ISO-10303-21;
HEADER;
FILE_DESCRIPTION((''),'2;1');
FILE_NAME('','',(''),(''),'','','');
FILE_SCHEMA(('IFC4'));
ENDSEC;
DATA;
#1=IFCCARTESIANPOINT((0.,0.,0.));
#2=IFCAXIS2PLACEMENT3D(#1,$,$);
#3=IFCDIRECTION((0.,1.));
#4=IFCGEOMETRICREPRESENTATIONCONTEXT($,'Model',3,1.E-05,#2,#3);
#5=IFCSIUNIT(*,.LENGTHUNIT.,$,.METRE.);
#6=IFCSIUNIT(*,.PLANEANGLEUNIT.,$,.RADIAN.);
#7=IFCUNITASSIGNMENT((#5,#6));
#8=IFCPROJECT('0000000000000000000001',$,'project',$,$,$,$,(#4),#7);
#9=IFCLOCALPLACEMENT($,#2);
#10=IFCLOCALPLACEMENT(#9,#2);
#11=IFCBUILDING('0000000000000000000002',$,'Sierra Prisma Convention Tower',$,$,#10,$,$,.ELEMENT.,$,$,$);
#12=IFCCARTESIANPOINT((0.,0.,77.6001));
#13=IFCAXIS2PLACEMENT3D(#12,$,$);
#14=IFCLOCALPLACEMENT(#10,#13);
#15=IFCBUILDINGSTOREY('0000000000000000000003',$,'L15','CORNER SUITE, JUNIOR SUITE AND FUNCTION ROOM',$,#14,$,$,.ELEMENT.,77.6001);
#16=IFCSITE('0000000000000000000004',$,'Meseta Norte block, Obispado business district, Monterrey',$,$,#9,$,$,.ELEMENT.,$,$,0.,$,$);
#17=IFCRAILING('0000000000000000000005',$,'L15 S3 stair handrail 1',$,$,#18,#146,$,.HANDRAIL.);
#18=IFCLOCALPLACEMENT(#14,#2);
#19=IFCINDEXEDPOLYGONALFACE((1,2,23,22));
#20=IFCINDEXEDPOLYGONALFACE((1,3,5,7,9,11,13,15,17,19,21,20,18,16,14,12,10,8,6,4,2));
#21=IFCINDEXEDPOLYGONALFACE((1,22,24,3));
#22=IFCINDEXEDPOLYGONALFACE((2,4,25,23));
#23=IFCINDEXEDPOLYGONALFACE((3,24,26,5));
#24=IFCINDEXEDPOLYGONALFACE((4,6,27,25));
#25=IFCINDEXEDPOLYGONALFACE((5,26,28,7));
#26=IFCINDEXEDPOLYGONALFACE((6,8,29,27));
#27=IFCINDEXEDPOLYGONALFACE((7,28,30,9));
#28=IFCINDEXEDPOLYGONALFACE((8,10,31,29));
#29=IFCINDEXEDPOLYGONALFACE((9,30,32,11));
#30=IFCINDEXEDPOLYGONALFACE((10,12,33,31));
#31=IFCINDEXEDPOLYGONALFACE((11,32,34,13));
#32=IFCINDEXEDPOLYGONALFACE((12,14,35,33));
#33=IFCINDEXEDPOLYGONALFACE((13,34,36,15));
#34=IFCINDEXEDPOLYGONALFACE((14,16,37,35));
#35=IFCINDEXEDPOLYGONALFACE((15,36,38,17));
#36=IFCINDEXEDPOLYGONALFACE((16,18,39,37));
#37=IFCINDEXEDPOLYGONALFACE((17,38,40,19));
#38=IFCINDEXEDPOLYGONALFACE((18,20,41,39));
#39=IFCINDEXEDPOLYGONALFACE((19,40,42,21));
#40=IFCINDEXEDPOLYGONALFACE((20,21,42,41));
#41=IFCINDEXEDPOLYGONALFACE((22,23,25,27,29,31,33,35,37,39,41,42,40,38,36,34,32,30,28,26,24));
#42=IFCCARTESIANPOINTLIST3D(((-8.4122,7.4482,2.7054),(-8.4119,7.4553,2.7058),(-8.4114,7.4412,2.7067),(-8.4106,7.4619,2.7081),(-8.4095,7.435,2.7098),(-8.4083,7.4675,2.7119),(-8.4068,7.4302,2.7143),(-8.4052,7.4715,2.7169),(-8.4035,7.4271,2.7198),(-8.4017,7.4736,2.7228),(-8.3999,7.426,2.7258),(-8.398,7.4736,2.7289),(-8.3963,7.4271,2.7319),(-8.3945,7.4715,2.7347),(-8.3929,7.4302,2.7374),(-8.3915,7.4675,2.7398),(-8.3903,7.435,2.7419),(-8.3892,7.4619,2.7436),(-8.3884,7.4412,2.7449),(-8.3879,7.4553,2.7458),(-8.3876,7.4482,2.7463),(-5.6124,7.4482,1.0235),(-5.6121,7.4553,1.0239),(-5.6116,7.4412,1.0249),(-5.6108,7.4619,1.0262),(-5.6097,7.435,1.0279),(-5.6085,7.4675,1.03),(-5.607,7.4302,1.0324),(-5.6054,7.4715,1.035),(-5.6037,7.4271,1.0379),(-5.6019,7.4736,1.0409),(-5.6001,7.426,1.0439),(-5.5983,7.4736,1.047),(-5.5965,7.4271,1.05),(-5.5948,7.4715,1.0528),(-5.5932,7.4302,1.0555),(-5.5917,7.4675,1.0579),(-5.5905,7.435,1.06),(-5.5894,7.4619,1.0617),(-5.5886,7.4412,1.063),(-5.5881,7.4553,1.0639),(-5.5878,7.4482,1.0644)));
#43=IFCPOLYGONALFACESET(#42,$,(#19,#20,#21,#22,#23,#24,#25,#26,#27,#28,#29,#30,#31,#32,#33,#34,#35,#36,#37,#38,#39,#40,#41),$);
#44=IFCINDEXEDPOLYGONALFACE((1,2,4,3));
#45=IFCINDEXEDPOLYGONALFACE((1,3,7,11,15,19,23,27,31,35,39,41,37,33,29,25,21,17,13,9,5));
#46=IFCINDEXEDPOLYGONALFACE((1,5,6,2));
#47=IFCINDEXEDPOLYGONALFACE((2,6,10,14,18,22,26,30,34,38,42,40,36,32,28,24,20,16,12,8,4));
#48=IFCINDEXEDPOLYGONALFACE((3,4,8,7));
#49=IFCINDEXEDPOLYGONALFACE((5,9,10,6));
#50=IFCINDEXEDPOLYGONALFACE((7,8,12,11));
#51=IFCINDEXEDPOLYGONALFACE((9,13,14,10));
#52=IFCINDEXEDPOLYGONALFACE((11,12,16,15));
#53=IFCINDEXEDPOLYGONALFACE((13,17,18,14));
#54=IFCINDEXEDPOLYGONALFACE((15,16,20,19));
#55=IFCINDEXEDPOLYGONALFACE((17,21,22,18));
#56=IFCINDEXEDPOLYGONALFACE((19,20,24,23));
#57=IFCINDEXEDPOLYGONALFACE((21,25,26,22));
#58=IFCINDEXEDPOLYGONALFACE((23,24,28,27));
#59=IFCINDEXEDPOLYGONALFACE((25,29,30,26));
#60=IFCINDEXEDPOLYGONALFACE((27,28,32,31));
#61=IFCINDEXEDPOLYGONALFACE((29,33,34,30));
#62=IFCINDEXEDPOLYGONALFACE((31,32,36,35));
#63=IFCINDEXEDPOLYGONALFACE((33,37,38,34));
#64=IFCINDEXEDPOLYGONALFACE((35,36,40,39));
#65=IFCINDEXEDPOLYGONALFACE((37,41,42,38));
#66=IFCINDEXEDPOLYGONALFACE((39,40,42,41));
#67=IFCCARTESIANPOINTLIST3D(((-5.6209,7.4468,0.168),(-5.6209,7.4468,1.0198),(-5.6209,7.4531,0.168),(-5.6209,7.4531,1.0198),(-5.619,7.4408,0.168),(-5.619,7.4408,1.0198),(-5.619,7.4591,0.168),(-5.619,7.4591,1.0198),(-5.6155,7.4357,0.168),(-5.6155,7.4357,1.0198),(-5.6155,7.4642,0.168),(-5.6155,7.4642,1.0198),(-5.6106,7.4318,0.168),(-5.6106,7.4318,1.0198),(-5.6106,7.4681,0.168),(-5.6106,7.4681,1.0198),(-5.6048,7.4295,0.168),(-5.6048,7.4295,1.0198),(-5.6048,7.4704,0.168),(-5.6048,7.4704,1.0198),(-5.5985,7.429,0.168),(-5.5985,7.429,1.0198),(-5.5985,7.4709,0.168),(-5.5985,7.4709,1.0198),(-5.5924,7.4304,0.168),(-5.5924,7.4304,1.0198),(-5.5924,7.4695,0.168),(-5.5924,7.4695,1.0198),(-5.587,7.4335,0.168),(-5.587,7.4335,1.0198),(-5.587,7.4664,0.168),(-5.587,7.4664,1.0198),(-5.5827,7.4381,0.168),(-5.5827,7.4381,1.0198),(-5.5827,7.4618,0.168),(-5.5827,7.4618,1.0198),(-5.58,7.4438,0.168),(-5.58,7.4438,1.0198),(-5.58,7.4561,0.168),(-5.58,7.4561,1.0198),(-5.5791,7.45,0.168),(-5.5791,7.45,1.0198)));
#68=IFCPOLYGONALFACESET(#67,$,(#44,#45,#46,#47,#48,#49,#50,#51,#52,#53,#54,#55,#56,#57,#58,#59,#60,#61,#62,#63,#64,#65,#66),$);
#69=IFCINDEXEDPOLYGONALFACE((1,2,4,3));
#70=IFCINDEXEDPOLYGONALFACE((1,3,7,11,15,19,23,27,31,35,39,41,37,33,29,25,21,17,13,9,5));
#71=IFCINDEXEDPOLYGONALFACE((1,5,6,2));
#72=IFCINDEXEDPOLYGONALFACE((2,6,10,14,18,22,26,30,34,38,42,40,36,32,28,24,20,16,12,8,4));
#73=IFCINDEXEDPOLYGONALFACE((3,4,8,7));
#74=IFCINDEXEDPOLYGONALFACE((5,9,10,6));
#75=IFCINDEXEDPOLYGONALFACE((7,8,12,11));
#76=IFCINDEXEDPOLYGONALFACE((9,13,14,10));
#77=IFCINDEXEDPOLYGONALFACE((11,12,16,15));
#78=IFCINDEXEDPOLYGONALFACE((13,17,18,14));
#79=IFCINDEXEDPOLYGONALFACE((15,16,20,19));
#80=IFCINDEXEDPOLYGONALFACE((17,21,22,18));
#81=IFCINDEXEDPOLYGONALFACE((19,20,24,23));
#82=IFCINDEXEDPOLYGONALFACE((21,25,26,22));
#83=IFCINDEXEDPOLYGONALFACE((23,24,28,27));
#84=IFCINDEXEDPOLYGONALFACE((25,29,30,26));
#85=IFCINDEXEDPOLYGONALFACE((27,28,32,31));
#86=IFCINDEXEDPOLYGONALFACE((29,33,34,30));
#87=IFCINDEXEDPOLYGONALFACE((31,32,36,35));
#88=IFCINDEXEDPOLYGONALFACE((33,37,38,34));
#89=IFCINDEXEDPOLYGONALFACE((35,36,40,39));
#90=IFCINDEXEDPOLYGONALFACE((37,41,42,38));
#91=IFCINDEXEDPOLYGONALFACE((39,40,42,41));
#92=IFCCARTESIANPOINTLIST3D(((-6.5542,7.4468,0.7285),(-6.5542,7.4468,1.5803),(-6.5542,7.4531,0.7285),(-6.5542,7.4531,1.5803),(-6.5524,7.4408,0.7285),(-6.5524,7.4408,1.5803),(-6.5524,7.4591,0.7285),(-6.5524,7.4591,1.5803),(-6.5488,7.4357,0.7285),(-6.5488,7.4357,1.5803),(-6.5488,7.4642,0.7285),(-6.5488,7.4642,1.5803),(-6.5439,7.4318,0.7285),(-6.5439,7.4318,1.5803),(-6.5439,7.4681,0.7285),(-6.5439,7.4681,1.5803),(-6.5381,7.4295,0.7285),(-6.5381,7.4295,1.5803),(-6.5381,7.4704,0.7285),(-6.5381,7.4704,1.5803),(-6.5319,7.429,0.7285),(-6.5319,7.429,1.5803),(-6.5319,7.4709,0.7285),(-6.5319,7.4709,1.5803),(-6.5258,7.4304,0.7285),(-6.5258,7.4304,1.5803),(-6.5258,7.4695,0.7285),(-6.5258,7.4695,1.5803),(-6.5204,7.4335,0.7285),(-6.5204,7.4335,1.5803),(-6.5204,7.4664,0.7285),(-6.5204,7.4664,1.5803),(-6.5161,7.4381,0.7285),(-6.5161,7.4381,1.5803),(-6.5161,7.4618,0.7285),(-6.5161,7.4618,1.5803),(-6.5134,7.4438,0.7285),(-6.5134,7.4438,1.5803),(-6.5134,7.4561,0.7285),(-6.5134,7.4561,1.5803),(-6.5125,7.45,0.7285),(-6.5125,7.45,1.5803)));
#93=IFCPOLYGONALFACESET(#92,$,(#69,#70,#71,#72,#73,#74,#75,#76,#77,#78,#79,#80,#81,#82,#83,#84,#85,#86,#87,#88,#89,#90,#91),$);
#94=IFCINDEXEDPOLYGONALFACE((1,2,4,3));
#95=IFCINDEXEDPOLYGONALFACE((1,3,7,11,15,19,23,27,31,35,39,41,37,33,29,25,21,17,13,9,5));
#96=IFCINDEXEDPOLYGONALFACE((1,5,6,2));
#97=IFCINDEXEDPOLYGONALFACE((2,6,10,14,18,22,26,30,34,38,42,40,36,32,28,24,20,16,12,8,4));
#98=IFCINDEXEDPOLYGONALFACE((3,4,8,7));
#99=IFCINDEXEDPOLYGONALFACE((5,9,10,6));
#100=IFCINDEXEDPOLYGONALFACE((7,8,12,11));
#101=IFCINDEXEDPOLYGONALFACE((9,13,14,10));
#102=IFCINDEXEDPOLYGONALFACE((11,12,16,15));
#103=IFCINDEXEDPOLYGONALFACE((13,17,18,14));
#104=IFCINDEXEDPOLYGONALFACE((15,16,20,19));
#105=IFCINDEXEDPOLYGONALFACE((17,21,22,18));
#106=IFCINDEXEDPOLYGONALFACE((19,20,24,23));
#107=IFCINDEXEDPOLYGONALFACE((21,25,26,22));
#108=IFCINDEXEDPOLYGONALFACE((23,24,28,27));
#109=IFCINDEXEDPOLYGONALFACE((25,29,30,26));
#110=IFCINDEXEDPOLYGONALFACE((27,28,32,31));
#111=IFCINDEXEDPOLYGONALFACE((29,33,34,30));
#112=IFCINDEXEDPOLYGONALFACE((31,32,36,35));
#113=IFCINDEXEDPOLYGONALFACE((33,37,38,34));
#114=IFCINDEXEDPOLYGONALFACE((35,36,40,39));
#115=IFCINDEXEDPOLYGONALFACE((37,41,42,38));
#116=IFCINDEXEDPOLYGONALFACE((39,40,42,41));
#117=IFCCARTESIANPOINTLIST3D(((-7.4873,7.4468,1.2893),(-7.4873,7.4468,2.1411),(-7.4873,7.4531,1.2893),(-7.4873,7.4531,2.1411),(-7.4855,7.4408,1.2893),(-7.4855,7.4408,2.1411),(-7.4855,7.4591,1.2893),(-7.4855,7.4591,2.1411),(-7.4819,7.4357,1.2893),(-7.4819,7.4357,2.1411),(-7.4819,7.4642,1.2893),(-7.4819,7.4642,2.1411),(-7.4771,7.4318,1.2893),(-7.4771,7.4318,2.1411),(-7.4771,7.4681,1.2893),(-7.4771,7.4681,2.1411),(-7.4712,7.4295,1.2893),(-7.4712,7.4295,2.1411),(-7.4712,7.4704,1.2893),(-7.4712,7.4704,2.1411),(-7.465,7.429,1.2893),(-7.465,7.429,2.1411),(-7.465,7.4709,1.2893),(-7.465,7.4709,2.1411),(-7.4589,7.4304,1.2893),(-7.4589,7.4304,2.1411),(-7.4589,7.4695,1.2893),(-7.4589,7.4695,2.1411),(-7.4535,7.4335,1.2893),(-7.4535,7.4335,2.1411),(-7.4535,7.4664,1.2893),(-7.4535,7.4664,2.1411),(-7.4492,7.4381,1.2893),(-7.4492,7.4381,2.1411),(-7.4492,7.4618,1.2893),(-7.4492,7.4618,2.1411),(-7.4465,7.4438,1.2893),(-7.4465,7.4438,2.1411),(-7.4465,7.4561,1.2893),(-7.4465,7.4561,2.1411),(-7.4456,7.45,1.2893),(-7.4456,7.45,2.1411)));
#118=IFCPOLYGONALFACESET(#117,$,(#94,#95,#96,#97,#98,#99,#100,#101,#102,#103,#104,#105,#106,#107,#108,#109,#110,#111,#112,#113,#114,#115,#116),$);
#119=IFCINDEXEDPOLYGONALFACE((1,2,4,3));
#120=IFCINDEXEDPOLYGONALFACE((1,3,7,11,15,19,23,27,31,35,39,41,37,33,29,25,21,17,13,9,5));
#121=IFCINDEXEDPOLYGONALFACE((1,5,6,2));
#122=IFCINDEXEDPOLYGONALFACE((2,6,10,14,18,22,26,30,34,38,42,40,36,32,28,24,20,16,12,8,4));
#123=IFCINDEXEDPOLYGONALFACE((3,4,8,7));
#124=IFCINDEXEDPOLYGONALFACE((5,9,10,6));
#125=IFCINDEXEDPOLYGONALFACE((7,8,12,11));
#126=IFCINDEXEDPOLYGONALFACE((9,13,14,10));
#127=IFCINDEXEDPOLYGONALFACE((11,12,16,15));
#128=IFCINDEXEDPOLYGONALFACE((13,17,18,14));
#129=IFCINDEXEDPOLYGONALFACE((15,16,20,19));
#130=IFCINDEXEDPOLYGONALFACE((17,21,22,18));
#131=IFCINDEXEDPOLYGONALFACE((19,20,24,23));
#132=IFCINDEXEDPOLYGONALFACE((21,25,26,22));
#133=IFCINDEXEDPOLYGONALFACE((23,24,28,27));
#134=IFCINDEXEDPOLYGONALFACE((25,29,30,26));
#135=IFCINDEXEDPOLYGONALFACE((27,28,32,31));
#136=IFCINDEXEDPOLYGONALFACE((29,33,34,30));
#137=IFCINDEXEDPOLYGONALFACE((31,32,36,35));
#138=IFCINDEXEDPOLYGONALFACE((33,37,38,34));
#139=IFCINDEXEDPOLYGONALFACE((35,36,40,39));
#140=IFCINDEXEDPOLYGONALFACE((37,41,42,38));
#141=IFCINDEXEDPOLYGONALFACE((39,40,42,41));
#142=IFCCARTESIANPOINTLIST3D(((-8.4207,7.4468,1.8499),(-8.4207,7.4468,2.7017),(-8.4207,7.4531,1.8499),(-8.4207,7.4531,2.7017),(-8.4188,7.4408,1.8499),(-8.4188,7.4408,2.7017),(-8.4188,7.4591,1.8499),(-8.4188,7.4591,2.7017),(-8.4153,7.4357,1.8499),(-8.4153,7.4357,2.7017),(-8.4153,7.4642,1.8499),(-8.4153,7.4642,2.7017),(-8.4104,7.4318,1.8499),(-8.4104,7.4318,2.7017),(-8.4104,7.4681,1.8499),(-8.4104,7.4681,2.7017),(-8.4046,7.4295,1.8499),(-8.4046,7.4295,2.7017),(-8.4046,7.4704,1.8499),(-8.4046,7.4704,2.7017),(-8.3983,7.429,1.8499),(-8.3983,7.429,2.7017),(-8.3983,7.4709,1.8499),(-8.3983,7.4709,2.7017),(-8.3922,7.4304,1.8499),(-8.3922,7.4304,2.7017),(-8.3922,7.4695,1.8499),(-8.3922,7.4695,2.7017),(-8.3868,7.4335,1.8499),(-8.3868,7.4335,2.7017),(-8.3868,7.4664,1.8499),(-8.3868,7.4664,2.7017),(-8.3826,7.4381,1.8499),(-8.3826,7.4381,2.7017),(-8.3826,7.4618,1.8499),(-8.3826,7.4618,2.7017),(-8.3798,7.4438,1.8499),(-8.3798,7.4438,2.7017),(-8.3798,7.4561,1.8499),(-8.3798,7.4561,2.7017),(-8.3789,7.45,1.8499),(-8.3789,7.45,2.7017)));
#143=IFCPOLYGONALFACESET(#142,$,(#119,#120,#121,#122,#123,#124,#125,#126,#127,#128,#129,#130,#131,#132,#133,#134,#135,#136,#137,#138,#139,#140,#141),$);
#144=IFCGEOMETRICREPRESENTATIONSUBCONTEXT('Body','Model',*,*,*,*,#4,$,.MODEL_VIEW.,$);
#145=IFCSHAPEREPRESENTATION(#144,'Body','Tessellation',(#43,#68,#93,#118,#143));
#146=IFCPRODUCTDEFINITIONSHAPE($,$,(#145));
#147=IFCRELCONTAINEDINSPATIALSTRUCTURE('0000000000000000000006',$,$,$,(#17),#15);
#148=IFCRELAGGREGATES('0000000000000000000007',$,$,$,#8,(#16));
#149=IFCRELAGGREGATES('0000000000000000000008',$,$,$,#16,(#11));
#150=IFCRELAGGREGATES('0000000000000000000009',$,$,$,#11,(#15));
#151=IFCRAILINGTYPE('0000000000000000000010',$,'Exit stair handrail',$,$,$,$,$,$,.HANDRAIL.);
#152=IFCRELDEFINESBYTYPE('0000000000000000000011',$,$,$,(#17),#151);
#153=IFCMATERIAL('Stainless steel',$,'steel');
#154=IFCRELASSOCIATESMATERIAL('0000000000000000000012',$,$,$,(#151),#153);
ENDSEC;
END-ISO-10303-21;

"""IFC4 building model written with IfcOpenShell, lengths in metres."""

from ifc_helpers import new_model, si_unit, direction, frame, origin, origin_2d, place, context, subcontext, project, spatial, circle, extrude, material, type_object, element, save


model = new_model("IFC4")

# Units and contexts
model_context = context("Model", 3, precision=1e-05, world=origin(), true_north=direction((0.0, 1.0)))
body_context = subcontext(model_context, "Body", "Model", "MODEL_VIEW")
ifc_project = project(units=[si_unit("LENGTHUNIT", "METRE"), si_unit("PLANEANGLEUNIT", "RADIAN")], contexts=[model_context])

# Site, building, storey
site_placement = place(None, origin())
site = spatial("IfcSite", under=ifc_project, at=site_placement, Name="Meseta Norte block, Obispado business district, Monterrey", CompositionType="ELEMENT", RefElevation=0.0)
building_placement = place(site_placement, origin())
building = spatial("IfcBuilding", under=site, at=building_placement, Name="Sierra Prisma Convention Tower", CompositionType="ELEMENT")
storey_placement = place(building_placement, frame((0.0, 0.0, 77.6001)))
storey = spatial("IfcBuildingStorey", under=building, at=storey_placement, Name="L15", Description="CORNER SUITE, JUNIOR SUITE AND FUNCTION ROOM", CompositionType="ELEMENT", Elevation=77.6001)

# Railing
ifc_material_1 = material(Name="Stainless steel", Category="steel")
railing_type_1 = type_object("IfcRailingType", Name="Exit stair handrail", PredefinedType="HANDRAIL", material=ifc_material_1)
railing_1_placement = place(storey_placement, frame((-5.6001, 7.45, 0.168)))
element("IfcRailing", 1, at=railing_1_placement, inside=storey, type_object=railing_type_1, Name="L15 S3 stair handrail 1", PredefinedType="HANDRAIL", context=body_context, shape_type="SweptSolid", body=[
    extrude(circle(Radius=0.0239, at=origin_2d()), frame((0.0, 0.0, 0.876), z_axis=(-0.857222, 0.0, 0.514946), x_axis=(0.0, -1.0, 0.0)), (0.0, 0.0, 1.0), 3.2661),
    extrude(circle(Radius=0.021, at=origin_2d()), origin(), (0.0, 0.0, 1.0), 0.8518),
    extrude(circle(Radius=0.021, at=origin_2d()), frame((-0.9333, 0.0, 0.5605)), (0.0, 0.0, 1.0), 0.8518),
    extrude(circle(Radius=0.021, at=origin_2d()), frame((-1.8665, 0.0, 1.1213)), (0.0, 0.0, 1.0), 0.8518),
    extrude(circle(Radius=0.021, at=origin_2d()), frame((-2.7998, 0.0, 1.6819)), (0.0, 0.0, 1.0), 0.8518),
])

save(model, "model.ifc")
